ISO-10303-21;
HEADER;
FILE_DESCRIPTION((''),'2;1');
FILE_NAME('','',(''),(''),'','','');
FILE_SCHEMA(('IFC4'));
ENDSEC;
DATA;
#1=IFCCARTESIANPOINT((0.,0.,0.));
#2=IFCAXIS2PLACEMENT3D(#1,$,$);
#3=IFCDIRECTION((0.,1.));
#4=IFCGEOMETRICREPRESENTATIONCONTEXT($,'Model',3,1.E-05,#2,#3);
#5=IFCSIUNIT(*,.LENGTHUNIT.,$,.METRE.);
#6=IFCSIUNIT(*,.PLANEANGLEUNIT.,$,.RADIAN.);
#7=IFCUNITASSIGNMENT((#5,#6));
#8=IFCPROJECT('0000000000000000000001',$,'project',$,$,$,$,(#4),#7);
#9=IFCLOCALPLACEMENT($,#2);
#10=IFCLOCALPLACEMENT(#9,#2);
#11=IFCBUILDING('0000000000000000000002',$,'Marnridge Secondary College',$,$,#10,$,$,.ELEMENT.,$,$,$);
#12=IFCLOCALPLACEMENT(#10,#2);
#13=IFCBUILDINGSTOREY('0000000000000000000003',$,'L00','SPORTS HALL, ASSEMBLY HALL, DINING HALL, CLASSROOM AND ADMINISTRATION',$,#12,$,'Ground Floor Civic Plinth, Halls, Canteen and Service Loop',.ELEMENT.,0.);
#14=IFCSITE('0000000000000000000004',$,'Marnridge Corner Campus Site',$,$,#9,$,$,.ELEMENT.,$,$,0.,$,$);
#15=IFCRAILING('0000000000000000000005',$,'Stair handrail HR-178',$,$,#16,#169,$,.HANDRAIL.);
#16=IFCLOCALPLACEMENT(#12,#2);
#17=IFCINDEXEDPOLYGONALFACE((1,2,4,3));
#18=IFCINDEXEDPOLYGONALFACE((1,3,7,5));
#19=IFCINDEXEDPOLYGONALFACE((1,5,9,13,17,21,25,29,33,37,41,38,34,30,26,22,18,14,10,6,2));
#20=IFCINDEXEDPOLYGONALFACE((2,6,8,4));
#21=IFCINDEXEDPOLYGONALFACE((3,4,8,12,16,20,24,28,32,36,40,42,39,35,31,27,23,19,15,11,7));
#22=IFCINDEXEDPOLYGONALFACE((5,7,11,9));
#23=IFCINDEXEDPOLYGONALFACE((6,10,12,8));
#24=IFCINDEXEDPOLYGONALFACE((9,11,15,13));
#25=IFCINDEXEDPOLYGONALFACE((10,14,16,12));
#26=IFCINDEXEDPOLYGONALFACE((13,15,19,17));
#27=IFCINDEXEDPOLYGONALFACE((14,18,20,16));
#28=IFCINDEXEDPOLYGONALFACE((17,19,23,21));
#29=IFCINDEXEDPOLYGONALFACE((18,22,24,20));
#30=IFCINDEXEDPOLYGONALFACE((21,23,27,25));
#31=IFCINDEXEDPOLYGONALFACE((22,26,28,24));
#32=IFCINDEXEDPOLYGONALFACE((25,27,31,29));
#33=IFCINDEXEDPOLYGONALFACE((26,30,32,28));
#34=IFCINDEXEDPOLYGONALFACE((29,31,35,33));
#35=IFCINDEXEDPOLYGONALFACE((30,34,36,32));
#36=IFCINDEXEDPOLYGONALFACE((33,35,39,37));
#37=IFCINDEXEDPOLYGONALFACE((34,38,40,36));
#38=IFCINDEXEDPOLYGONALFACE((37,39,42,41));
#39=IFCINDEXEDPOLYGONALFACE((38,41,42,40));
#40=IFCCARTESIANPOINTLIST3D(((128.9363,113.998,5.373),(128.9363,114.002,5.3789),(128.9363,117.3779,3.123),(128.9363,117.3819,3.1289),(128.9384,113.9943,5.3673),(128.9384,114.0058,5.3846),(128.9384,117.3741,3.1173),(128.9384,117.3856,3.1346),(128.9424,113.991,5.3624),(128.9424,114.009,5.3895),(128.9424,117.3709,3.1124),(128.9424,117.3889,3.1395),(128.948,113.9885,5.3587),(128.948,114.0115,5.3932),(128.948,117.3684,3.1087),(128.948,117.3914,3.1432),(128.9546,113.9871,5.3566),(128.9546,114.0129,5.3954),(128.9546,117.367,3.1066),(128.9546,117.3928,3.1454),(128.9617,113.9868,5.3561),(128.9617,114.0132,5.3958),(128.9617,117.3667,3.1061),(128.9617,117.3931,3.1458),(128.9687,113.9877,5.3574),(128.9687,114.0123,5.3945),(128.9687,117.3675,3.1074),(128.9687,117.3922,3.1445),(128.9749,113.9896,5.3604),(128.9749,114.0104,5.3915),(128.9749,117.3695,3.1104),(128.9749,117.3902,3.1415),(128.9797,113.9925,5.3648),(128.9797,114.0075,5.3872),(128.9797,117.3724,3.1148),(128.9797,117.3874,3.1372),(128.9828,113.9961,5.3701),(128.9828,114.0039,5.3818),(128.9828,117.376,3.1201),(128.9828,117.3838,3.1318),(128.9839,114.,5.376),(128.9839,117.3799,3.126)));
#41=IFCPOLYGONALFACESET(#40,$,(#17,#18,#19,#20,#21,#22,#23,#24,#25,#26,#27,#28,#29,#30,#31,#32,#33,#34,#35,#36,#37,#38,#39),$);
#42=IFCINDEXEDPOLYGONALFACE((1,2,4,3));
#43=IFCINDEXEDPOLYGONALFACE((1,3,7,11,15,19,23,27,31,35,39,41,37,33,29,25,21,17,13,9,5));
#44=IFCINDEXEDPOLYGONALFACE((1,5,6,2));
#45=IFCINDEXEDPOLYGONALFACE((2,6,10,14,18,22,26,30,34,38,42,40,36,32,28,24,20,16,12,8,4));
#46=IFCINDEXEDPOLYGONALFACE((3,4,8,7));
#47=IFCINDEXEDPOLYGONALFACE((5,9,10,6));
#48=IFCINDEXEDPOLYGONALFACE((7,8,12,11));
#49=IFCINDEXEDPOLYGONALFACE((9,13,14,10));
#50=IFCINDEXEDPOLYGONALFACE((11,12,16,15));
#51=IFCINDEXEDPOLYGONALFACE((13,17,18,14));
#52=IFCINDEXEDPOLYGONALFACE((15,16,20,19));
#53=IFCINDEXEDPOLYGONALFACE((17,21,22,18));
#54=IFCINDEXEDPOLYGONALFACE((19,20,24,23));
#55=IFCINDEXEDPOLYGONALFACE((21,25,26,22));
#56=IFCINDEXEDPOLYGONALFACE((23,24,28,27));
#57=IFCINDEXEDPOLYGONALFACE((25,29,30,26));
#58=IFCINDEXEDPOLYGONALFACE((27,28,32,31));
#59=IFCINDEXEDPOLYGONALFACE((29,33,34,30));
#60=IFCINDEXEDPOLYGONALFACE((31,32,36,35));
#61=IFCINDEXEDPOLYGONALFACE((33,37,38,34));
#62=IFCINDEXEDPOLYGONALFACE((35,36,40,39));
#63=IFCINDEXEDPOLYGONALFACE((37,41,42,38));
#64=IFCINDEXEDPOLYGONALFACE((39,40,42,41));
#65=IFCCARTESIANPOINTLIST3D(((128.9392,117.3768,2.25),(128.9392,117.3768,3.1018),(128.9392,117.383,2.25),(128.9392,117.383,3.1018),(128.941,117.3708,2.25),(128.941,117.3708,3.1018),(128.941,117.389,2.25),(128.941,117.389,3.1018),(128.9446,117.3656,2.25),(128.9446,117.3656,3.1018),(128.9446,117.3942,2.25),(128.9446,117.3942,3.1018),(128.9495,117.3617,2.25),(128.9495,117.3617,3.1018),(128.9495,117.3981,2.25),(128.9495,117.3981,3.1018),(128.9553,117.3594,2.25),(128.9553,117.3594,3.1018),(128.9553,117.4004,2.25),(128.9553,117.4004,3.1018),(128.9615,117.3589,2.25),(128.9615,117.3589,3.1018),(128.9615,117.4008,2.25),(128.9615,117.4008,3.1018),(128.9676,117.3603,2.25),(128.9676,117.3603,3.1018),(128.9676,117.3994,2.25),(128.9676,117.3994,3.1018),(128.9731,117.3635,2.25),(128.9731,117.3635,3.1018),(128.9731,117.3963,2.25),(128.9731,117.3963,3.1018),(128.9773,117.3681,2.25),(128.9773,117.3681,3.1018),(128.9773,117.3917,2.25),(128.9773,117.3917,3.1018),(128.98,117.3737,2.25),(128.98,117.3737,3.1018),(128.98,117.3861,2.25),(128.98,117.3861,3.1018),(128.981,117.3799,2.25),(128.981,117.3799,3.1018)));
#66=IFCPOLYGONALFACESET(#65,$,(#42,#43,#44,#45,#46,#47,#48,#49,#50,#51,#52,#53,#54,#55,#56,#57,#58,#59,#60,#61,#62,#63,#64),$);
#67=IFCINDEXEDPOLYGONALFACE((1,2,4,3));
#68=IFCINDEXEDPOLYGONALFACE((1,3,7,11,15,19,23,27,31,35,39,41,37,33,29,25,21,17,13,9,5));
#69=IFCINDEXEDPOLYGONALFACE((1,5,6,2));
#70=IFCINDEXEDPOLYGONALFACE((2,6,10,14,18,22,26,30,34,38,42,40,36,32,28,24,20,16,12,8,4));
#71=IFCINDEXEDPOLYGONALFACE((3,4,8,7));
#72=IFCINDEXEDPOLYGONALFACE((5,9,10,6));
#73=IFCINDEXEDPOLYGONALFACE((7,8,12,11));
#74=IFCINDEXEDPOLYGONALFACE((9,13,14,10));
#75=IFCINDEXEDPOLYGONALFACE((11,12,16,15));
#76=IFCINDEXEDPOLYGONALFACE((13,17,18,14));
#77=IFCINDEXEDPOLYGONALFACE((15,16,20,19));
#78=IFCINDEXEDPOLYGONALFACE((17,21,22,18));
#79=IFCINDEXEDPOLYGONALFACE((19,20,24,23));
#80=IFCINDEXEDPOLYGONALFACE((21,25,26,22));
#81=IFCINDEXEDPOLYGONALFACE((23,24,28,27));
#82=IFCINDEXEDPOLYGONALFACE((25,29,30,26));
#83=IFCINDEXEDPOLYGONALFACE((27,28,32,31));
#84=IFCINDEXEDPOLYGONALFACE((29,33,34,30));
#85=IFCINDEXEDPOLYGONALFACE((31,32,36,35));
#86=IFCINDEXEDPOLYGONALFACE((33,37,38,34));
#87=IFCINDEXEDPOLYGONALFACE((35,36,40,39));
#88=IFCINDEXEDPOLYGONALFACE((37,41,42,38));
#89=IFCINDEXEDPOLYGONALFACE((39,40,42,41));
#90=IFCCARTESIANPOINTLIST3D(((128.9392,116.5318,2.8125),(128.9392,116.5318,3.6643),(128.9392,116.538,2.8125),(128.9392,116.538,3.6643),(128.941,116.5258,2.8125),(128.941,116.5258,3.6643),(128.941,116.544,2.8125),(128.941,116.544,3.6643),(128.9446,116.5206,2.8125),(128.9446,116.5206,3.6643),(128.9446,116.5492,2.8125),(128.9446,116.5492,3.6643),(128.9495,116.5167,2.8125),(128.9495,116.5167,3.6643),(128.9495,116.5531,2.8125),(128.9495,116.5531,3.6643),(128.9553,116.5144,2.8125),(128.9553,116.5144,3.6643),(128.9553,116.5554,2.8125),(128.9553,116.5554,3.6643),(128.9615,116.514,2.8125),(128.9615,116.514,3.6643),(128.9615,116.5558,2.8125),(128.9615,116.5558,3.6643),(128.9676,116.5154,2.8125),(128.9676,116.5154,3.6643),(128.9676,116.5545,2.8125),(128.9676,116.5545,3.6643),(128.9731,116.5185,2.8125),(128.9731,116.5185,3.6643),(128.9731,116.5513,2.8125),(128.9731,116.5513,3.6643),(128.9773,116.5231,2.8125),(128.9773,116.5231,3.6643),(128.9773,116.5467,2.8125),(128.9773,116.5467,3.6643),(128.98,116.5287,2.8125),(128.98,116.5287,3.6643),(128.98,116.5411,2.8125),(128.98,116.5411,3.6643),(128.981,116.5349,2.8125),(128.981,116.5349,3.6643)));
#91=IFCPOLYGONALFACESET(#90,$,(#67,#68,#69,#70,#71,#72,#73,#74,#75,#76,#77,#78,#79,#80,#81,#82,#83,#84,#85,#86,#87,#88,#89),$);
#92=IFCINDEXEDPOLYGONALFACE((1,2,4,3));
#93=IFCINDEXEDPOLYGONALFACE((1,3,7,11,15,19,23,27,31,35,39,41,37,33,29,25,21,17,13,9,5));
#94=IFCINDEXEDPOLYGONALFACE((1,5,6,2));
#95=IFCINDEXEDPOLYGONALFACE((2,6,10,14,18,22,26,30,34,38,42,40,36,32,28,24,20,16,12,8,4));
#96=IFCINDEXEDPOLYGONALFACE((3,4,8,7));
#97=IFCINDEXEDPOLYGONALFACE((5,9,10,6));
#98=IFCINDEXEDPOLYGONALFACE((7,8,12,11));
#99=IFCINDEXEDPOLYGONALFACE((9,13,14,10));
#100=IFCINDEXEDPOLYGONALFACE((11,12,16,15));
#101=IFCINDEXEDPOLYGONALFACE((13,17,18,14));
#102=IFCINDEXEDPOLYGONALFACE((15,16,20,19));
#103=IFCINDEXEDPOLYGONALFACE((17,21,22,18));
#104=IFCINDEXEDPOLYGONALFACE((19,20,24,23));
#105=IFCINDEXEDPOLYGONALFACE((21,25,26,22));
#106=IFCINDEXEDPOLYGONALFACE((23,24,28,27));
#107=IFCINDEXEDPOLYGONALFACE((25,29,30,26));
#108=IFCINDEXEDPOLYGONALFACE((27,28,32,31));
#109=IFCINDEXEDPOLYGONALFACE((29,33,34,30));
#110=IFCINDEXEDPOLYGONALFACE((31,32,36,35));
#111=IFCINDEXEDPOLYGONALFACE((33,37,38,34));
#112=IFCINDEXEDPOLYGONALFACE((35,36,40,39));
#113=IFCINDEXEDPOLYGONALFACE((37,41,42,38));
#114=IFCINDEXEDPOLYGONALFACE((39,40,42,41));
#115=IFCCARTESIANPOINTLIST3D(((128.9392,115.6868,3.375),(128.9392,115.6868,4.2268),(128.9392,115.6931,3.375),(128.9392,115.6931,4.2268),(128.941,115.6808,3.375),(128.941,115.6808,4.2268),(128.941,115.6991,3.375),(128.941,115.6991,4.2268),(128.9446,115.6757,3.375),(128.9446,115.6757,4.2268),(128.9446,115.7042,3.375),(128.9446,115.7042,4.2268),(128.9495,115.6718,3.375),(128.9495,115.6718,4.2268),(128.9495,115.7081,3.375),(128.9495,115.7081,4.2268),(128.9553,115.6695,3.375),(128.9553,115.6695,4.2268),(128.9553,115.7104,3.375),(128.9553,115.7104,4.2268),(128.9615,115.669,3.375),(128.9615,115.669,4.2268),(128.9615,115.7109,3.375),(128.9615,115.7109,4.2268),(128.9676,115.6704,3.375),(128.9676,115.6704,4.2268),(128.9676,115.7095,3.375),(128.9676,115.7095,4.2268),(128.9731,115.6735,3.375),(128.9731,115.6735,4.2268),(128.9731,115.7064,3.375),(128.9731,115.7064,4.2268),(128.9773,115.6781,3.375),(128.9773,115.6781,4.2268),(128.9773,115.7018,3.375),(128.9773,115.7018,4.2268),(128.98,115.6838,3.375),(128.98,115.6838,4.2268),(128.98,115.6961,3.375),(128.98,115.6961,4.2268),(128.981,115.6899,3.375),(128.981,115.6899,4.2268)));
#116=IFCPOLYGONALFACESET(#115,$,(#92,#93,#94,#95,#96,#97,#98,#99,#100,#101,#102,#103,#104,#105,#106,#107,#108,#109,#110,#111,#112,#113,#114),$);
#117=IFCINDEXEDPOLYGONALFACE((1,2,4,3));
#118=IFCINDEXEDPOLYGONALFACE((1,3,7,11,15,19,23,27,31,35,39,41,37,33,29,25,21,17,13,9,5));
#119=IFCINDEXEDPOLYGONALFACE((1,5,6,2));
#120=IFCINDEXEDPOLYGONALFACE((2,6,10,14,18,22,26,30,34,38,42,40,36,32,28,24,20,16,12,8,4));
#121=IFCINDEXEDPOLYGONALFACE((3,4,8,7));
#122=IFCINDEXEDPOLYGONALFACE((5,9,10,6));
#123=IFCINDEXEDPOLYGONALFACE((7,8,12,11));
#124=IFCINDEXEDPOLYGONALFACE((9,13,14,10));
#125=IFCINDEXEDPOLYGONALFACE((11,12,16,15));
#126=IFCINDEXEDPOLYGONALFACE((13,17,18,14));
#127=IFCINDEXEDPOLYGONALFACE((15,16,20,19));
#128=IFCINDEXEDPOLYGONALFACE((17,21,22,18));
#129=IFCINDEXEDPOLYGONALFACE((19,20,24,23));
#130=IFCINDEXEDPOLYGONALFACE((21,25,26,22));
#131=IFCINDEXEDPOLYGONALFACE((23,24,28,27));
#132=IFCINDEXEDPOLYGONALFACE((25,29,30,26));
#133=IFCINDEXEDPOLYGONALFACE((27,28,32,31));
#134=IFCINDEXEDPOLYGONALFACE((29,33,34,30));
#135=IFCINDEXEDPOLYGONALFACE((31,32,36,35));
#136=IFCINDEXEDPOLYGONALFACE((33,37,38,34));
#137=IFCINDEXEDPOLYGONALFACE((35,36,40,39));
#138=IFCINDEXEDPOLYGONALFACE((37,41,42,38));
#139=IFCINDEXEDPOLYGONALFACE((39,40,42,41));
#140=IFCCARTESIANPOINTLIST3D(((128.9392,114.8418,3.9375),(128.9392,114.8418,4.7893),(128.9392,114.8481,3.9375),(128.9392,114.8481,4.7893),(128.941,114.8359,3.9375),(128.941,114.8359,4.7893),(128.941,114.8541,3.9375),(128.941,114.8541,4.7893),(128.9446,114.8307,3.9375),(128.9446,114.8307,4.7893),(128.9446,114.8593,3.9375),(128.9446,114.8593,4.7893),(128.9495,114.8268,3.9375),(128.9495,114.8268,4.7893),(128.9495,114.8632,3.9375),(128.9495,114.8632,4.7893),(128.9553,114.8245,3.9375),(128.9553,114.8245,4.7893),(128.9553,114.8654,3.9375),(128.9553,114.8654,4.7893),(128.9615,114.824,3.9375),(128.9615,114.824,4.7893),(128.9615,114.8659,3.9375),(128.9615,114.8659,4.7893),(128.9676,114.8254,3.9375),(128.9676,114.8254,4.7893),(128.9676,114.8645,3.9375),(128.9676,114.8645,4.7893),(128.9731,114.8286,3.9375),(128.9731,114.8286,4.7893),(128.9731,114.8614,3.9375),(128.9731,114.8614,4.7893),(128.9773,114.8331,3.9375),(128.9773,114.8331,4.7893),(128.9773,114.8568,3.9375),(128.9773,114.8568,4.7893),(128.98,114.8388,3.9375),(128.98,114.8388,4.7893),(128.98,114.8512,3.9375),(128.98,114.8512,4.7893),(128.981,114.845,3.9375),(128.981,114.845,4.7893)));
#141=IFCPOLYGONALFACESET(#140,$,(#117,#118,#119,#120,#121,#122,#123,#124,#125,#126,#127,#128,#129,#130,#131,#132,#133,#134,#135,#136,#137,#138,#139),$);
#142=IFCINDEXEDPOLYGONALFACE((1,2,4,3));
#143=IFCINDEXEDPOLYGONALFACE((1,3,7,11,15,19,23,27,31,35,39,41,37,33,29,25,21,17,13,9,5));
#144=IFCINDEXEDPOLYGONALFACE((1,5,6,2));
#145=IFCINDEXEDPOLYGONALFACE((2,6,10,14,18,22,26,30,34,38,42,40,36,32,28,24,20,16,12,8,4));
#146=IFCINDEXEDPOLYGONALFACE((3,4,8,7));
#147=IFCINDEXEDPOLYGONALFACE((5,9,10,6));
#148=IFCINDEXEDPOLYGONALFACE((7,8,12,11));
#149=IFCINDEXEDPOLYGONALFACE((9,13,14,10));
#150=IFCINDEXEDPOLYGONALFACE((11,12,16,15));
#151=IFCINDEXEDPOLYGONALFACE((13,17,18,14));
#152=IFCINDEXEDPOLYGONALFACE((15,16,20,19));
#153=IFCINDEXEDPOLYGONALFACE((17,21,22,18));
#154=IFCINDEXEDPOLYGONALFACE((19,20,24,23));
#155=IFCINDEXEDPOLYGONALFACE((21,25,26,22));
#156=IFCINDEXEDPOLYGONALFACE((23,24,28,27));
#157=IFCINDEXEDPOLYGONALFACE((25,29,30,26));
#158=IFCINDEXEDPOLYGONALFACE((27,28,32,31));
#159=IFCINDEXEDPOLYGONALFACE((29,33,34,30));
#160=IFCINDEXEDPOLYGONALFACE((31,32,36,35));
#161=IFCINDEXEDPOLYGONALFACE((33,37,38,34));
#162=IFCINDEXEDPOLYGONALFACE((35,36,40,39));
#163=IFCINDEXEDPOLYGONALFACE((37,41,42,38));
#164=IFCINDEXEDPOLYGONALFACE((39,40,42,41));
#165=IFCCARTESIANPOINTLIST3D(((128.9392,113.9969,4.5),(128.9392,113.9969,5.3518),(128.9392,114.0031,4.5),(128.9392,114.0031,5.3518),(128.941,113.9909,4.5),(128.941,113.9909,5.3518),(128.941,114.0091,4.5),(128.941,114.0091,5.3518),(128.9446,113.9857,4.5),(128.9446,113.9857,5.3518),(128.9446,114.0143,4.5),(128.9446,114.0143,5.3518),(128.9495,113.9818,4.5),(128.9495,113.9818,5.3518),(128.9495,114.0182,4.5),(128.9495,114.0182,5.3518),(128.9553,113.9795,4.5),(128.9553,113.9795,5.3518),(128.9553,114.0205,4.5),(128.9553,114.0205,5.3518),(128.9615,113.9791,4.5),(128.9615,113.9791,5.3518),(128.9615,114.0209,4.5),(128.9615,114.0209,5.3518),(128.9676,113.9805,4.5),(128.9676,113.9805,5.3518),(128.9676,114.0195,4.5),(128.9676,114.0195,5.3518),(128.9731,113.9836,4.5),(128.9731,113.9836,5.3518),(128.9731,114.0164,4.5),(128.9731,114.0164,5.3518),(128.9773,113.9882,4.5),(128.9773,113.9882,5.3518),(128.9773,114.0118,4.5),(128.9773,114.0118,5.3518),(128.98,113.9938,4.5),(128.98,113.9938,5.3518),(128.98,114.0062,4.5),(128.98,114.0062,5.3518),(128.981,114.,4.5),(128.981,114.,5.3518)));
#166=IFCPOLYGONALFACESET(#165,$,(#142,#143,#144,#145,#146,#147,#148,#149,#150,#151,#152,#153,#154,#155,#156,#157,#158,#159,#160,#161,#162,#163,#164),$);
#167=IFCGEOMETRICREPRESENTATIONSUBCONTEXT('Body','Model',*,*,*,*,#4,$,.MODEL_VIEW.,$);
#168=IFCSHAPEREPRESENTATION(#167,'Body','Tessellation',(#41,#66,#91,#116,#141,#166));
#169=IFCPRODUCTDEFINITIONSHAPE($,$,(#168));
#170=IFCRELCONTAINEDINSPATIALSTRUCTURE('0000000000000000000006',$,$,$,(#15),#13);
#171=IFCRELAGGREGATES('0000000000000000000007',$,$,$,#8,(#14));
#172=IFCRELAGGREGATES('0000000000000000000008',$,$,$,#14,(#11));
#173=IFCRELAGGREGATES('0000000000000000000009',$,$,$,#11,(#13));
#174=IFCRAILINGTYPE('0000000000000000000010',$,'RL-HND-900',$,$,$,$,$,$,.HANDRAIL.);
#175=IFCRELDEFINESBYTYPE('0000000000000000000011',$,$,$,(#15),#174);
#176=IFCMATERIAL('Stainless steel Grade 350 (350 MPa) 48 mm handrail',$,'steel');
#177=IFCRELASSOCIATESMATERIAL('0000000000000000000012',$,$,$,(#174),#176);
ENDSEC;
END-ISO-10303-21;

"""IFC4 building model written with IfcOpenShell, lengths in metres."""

from ifc_helpers import new_model, si_unit, direction, frame, origin, origin_2d, place, context, subcontext, project, spatial, circle, extrude, material, type_object, element, save


model = new_model("IFC4")

# Units and contexts
model_context = context("Model", 3, precision=1e-05, world=origin(), true_north=direction((0.0, 1.0)))
body_context = subcontext(model_context, "Body", "Model", "MODEL_VIEW")
ifc_project = project(units=[si_unit("LENGTHUNIT", "METRE"), si_unit("PLANEANGLEUNIT", "RADIAN")], contexts=[model_context])

# Site, building, storey
site_placement = place(None, origin())
site = spatial("IfcSite", under=ifc_project, at=site_placement, Name="Marnridge Corner Campus Site", CompositionType="ELEMENT", RefElevation=0.0)
building_placement = place(site_placement, origin())
building = spatial("IfcBuilding", under=site, at=building_placement, Name="Marnridge Secondary College", CompositionType="ELEMENT")
storey_placement = place(building_placement, origin())
storey = spatial("IfcBuildingStorey", under=building, at=storey_placement, Name="L00", Description="SPORTS HALL, ASSEMBLY HALL, DINING HALL, CLASSROOM AND ADMINISTRATION", LongName="Ground Floor Civic Plinth, Halls, Canteen and Service Loop", CompositionType="ELEMENT", Elevation=0.0)

# Railing
ifc_material_1 = material(Name="Stainless steel Grade 350 (350 MPa) 48 mm handrail", Category="steel")
railing_type_1 = type_object("IfcRailingType", Name="RL-HND-900", PredefinedType="HANDRAIL", material=ifc_material_1)
for number, where, name in (
    (1, (128.96, 117.3799, 2.25), "Stair handrail HR-178"),
):
    element("IfcRailing", number, at=place(storey_placement, frame(where)), inside=storey, type_object=railing_type_1, Name=name, PredefinedType="HANDRAIL", context=body_context, shape_type="SweptSolid", body=[
        extrude(circle(Radius=0.0239, at=origin_2d()), frame((0.0, 0.0, 0.876), z_axis=(0.0, -0.83242, 0.554145), x_axis=(1.0, 0.0, 0.0)), (0.0, 0.0, 1.0), 4.0603),
        extrude(circle(Radius=0.021, at=origin_2d()), origin(), (0.0, 0.0, 1.0), 0.8518),
        extrude(circle(Radius=0.021, at=origin_2d()), frame((0.0, -0.845, 0.5625)), (0.0, 0.0, 1.0), 0.8518),
        extrude(circle(Radius=0.021, at=origin_2d()), frame((0.0, -1.6899, 1.125)), (0.0, 0.0, 1.0), 0.8518),
        extrude(circle(Radius=0.021, at=origin_2d()), frame((0.0, -2.5349, 1.6875)), (0.0, 0.0, 1.0), 0.8518),
        extrude(circle(Radius=0.021, at=origin_2d()), frame((0.0, -3.3799, 2.25)), (0.0, 0.0, 1.0), 0.8518),
    ])

save(model, "model.ifc")
